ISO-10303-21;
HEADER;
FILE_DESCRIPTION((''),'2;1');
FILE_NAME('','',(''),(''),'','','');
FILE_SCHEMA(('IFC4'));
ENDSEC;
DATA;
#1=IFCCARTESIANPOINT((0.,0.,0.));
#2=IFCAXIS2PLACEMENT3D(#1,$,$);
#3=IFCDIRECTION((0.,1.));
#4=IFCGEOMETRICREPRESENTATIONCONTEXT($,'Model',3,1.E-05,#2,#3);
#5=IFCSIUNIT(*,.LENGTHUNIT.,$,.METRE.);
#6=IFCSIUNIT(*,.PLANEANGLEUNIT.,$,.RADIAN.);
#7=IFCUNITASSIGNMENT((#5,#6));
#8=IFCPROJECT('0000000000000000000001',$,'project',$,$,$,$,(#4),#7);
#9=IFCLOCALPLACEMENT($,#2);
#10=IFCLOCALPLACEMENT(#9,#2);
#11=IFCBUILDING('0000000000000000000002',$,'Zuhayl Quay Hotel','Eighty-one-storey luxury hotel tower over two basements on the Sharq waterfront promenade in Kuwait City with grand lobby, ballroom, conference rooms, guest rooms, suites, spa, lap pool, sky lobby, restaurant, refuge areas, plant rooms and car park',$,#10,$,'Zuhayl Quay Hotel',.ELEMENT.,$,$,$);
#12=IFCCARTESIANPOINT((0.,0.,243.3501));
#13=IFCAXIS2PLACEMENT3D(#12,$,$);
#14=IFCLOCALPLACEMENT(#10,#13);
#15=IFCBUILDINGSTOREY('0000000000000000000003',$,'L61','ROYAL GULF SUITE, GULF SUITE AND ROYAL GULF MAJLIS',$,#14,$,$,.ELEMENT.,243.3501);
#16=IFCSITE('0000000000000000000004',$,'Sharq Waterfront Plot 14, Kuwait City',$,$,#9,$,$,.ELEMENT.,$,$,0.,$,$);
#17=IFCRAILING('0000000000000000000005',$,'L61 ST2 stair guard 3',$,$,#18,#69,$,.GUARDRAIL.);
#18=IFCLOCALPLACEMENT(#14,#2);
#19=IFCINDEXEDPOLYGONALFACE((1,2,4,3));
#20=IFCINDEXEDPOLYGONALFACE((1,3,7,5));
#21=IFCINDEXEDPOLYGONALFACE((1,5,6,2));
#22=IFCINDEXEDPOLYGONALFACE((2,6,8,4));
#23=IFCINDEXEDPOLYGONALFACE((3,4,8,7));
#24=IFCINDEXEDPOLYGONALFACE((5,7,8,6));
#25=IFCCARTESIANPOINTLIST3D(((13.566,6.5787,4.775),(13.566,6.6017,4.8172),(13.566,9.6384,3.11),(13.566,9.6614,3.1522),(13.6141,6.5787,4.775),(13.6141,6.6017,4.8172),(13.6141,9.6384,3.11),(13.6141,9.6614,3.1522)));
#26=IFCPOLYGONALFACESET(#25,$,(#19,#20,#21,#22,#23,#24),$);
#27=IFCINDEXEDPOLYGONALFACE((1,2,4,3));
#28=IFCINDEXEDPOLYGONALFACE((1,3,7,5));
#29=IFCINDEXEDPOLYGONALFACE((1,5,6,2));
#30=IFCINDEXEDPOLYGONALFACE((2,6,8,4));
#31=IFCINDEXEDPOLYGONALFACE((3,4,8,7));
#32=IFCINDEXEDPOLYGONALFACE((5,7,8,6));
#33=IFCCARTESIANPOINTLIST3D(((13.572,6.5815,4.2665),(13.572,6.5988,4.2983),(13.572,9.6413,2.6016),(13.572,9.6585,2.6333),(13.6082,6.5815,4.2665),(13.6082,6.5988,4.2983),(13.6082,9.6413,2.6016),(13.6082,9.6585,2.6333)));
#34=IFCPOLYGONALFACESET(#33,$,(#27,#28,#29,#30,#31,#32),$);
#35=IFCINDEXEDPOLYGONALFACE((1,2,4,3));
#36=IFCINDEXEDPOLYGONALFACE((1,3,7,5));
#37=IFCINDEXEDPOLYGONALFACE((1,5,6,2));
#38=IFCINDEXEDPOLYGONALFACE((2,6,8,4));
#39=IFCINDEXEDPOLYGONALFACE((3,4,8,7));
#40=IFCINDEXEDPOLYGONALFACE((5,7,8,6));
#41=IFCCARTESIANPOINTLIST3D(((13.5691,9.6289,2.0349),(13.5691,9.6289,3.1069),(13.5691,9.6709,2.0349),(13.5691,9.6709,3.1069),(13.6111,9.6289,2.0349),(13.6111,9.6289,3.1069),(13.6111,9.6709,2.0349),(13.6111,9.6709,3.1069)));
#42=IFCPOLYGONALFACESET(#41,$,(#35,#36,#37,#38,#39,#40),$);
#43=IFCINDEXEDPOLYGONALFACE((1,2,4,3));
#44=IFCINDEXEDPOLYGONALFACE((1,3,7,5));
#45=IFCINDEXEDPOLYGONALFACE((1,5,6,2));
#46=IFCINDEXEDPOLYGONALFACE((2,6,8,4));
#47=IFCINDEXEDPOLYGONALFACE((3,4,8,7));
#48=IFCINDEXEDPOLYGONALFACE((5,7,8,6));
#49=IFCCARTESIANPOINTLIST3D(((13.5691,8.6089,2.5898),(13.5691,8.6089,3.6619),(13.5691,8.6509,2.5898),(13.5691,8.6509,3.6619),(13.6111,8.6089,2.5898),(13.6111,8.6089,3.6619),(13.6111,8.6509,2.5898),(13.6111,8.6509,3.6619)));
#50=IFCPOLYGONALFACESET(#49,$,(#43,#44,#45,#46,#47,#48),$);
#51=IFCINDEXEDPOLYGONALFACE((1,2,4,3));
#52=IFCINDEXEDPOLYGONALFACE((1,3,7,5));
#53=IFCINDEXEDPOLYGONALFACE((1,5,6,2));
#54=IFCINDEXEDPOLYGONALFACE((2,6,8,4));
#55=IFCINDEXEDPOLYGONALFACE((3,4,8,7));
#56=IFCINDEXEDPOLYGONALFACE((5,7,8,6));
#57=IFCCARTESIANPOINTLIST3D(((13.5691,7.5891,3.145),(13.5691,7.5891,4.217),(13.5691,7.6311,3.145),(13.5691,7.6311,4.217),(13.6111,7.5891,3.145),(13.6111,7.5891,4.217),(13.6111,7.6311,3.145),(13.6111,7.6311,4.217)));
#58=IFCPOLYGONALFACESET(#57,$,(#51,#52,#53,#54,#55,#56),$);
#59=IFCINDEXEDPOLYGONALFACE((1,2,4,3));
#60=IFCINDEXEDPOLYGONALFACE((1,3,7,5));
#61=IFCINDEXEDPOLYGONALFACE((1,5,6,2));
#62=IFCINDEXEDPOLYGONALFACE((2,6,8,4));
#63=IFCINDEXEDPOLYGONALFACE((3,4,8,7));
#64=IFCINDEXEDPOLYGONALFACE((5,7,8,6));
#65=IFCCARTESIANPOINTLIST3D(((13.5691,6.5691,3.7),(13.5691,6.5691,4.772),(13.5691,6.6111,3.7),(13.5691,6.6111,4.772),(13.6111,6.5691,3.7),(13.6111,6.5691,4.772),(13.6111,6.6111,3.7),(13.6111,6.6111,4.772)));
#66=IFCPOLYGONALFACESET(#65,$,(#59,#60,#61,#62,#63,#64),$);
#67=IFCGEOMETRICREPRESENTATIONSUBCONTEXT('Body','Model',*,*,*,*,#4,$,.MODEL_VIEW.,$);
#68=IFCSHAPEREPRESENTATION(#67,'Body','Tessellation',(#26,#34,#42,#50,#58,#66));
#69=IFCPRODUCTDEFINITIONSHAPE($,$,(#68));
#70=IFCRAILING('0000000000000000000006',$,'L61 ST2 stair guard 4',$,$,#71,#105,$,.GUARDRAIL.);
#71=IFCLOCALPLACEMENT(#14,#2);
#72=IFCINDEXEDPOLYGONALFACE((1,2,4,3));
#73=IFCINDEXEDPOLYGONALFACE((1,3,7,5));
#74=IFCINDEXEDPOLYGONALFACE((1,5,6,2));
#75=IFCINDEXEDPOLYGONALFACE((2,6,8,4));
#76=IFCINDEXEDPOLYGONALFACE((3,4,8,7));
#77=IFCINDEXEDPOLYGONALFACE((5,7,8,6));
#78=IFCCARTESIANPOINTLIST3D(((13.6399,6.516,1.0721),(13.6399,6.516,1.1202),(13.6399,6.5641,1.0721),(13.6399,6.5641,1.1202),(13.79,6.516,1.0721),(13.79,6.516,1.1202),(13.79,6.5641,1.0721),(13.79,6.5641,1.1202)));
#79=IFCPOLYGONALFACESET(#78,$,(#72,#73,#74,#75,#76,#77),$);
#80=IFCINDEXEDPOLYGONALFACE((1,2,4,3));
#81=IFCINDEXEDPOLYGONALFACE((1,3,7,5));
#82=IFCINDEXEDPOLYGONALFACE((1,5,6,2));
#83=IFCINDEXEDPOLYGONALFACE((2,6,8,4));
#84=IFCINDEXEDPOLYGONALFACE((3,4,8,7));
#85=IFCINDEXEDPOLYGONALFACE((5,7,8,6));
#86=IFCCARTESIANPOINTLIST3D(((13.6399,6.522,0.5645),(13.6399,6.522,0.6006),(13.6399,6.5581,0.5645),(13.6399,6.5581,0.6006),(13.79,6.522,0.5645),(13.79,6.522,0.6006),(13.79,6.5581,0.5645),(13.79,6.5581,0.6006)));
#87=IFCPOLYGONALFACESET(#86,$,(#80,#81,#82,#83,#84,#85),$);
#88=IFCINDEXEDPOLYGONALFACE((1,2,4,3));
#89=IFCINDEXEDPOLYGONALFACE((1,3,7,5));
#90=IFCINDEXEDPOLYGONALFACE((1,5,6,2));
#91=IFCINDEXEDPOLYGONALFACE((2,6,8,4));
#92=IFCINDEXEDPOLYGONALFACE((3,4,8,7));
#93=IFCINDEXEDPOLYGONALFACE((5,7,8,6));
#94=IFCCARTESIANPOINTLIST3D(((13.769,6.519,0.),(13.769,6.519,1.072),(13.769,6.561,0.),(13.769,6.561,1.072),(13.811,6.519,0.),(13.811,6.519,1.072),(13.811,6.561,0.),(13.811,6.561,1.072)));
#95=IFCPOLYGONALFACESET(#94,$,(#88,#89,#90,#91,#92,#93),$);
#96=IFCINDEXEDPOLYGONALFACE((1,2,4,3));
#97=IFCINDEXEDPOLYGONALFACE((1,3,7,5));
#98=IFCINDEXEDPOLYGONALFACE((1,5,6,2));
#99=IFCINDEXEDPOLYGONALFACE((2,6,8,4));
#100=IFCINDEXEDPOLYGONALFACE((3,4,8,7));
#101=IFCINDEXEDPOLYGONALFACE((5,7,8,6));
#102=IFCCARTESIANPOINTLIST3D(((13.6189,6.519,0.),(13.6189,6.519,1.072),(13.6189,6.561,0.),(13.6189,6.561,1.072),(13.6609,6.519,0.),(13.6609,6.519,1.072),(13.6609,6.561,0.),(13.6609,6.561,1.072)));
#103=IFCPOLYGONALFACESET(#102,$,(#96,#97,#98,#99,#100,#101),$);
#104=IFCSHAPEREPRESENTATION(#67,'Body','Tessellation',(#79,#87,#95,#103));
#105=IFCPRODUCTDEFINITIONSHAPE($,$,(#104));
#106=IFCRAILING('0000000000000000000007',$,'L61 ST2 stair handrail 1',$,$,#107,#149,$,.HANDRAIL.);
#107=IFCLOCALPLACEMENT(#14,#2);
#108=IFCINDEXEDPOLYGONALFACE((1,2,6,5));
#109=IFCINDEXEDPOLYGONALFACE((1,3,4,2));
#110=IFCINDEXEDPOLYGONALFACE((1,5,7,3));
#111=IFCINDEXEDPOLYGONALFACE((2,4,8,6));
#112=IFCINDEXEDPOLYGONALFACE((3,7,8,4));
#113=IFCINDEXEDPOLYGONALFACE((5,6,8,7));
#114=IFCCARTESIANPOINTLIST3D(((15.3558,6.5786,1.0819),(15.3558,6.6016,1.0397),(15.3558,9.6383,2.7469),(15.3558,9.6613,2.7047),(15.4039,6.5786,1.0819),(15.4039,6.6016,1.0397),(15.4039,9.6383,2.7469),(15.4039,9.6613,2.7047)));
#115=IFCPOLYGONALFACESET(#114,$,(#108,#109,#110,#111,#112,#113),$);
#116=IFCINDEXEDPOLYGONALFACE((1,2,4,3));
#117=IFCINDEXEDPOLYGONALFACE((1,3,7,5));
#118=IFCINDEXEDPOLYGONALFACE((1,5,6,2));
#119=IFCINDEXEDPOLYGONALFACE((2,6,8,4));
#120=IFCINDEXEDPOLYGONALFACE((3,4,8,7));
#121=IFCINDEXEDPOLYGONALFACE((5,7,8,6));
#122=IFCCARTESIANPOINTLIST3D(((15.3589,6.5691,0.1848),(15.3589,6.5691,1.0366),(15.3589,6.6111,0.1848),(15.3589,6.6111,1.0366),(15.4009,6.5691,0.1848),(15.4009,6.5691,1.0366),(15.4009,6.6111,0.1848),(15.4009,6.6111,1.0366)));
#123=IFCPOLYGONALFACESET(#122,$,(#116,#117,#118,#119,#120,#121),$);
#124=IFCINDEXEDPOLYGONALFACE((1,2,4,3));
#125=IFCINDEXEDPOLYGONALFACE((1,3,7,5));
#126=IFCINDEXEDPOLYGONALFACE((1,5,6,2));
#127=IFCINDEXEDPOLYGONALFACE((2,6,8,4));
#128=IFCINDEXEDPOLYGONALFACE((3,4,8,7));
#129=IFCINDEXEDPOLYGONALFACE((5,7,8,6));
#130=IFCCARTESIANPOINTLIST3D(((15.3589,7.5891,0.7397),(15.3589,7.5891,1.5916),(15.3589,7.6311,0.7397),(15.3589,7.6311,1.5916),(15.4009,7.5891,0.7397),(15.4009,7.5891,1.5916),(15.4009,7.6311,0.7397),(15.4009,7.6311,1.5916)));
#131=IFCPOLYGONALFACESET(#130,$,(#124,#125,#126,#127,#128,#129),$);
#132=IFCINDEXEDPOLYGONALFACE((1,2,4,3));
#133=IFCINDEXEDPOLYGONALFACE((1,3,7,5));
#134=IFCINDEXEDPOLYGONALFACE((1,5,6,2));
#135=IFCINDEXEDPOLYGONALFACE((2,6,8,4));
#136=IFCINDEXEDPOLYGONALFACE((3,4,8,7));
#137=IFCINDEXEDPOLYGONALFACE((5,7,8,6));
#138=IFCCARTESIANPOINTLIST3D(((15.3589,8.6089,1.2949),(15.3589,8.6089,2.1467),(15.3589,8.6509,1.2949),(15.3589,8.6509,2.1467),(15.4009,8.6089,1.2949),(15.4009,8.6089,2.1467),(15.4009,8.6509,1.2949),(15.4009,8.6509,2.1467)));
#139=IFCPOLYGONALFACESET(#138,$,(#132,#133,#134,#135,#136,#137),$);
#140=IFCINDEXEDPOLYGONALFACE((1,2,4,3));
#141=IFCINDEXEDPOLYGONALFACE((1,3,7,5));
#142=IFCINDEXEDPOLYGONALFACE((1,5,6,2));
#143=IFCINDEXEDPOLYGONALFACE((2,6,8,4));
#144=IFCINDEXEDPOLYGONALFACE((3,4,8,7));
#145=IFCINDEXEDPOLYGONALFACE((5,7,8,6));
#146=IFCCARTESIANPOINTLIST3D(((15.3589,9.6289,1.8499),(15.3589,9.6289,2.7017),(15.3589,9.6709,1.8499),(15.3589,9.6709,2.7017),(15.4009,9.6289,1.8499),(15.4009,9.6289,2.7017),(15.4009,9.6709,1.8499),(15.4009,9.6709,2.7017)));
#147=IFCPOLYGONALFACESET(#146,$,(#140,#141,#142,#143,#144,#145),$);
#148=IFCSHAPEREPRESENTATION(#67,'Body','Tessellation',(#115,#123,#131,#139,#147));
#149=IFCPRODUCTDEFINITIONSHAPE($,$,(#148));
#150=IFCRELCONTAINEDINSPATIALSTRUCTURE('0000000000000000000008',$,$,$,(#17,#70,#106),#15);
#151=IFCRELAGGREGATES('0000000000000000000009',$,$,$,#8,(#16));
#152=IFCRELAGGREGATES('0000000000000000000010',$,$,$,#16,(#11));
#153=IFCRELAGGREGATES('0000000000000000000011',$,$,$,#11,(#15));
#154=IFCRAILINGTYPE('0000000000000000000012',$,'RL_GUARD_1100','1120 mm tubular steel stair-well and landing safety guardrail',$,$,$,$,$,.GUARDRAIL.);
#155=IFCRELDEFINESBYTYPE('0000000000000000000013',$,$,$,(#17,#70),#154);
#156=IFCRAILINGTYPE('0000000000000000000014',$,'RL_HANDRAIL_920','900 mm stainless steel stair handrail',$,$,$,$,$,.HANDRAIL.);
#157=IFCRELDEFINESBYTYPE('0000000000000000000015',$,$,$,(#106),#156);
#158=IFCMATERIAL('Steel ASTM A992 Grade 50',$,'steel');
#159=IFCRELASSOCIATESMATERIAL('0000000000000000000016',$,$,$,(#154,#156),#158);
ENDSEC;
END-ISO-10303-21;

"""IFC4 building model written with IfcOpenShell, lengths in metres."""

from ifc_helpers import new_model, si_unit, direction, frame, origin, origin_2d, place, context, subcontext, project, spatial, rectangle, extrude, material, type_object, element, save


model = new_model("IFC4")

# Units and contexts
model_context = context("Model", 3, precision=1e-05, world=origin(), true_north=direction((0.0, 1.0)))
body_context = subcontext(model_context, "Body", "Model", "MODEL_VIEW")
ifc_project = project(units=[si_unit("LENGTHUNIT", "METRE"), si_unit("PLANEANGLEUNIT", "RADIAN")], contexts=[model_context])

# Site, building, storey
site_placement = place(None, origin())
site = spatial("IfcSite", under=ifc_project, at=site_placement, Name="Sharq Waterfront Plot 14, Kuwait City", CompositionType="ELEMENT", RefElevation=0.0)
building_placement = place(site_placement, origin())
building = spatial("IfcBuilding", under=site, at=building_placement, Name="Zuhayl Quay Hotel", Description="Eighty-one-storey luxury hotel tower over two basements on the Sharq waterfront promenade in Kuwait City with grand lobby, ballroom, conference rooms, guest rooms, suites, spa, lap pool, sky lobby, restaurant, refuge areas, plant rooms and car park", LongName="Zuhayl Quay Hotel", CompositionType="ELEMENT")
storey_placement = place(building_placement, frame((0.0, 0.0, 243.3501)))
storey = spatial("IfcBuildingStorey", under=building, at=storey_placement, Name="L61", Description="ROYAL GULF SUITE, GULF SUITE AND ROYAL GULF MAJLIS", CompositionType="ELEMENT", Elevation=243.3501)

# Shared definitions
ifc_material_1 = material(Name="Steel ASTM A992 Grade 50", Category="steel")

# Railings
railing_type_1 = type_object("IfcRailingType", Name="RL_GUARD_1100", Description="1120 mm tubular steel stair-well and landing safety guardrail", PredefinedType="GUARDRAIL", material=ifc_material_1)
railing_1_placement = place(storey_placement, frame((13.5901, 9.6499, 2.0349)))
element("IfcRailing", 1, at=railing_1_placement, inside=storey, type_object=railing_type_1, Name="L61 ST2 stair guard 3", PredefinedType="GUARDRAIL", context=body_context, shape_type="SweptSolid", body=[
    extrude(rectangle(XDim=0.0481, YDim=0.0481, at=origin_2d()), frame((0.0, 0.0, 1.0962), z_axis=(0.0, -0.878372, 0.477978), x_axis=(1.0, 0.0, 0.0)), (0.0, 0.0, 1.0), 3.4834),
    extrude(rectangle(XDim=0.0361, YDim=0.0361, at=origin_2d()), frame((0.0, 0.0, 0.5825), z_axis=(0.0, -0.878372, 0.477978), x_axis=(1.0, 0.0, 0.0)), (0.0, 0.0, 1.0), 3.4834),
    extrude(rectangle(XDim=0.042, YDim=0.042, at=origin_2d()), origin(), (0.0, 0.0, 1.0), 1.072),
    extrude(rectangle(XDim=0.042, YDim=0.042, at=origin_2d()), frame((0.0, -1.02, 0.5549)), (0.0, 0.0, 1.0), 1.072),
    extrude(rectangle(XDim=0.042, YDim=0.042, at=origin_2d()), frame((0.0, -2.0398, 1.1101)), (0.0, 0.0, 1.0), 1.072),
    extrude(rectangle(XDim=0.042, YDim=0.042, at=origin_2d()), frame((0.0, -3.0598, 1.665)), (0.0, 0.0, 1.0), 1.072),
])
railing_2_placement = place(storey_placement, frame((13.79, 6.54, 0.0)))
element("IfcRailing", 2, at=railing_2_placement, inside=storey, type_object=railing_type_1, Name="L61 ST2 stair guard 4", PredefinedType="GUARDRAIL", context=body_context, shape_type="SweptSolid", body=[
    extrude(rectangle(XDim=0.0481, YDim=0.0481, at=origin_2d()), frame((0.0, 0.0, 1.0962), z_axis=(-1.0, 0.0, 0.0), x_axis=(0.0, -1.0, 0.0)), (0.0, 0.0, 1.0), 0.1501),
    extrude(rectangle(XDim=0.0361, YDim=0.0361, at=origin_2d()), frame((0.0, 0.0, 0.5825), z_axis=(-1.0, 0.0, 0.0), x_axis=(0.0, -1.0, 0.0)), (0.0, 0.0, 1.0), 0.1501),
    extrude(rectangle(XDim=0.042, YDim=0.042, at=origin_2d()), origin(), (0.0, 0.0, 1.0), 1.072),
    extrude(rectangle(XDim=0.042, YDim=0.042, at=origin_2d()), frame((-0.1501, 0.0, 0.0)), (0.0, 0.0, 1.0), 1.072),
])
railing_type_2 = type_object("IfcRailingType", Name="RL_HANDRAIL_920", Description="900 mm stainless steel stair handrail", PredefinedType="HANDRAIL", material=ifc_material_1)
railing_3_placement = place(storey_placement, frame((15.3799, 6.5901, 0.1848)))
element("IfcRailing", 3, at=railing_3_placement, inside=storey, type_object=railing_type_2, Name="L61 ST2 stair handrail 1", PredefinedType="HANDRAIL", context=body_context, shape_type="SweptSolid", body=[
    extrude(rectangle(XDim=0.0481, YDim=0.0481, at=origin_2d()), frame((0.0, 0.0, 0.876), z_axis=(0.0, 0.878372, 0.477978), x_axis=(-1.0, 0.0, 0.0)), (0.0, 0.0, 1.0), 3.4834),
    extrude(rectangle(XDim=0.042, YDim=0.042, at=origin_2d()), origin(), (0.0, 0.0, 1.0), 0.8518),
    extrude(rectangle(XDim=0.042, YDim=0.042, at=origin_2d()), frame((0.0, 1.02, 0.5549)), (0.0, 0.0, 1.0), 0.8518),
    extrude(rectangle(XDim=0.042, YDim=0.042, at=origin_2d()), frame((0.0, 2.0398, 1.1101)), (0.0, 0.0, 1.0), 0.8518),
    extrude(rectangle(XDim=0.042, YDim=0.042, at=origin_2d()), frame((0.0, 3.0598, 1.665)), (0.0, 0.0, 1.0), 0.8518),
])

save(model, "model.ifc")
